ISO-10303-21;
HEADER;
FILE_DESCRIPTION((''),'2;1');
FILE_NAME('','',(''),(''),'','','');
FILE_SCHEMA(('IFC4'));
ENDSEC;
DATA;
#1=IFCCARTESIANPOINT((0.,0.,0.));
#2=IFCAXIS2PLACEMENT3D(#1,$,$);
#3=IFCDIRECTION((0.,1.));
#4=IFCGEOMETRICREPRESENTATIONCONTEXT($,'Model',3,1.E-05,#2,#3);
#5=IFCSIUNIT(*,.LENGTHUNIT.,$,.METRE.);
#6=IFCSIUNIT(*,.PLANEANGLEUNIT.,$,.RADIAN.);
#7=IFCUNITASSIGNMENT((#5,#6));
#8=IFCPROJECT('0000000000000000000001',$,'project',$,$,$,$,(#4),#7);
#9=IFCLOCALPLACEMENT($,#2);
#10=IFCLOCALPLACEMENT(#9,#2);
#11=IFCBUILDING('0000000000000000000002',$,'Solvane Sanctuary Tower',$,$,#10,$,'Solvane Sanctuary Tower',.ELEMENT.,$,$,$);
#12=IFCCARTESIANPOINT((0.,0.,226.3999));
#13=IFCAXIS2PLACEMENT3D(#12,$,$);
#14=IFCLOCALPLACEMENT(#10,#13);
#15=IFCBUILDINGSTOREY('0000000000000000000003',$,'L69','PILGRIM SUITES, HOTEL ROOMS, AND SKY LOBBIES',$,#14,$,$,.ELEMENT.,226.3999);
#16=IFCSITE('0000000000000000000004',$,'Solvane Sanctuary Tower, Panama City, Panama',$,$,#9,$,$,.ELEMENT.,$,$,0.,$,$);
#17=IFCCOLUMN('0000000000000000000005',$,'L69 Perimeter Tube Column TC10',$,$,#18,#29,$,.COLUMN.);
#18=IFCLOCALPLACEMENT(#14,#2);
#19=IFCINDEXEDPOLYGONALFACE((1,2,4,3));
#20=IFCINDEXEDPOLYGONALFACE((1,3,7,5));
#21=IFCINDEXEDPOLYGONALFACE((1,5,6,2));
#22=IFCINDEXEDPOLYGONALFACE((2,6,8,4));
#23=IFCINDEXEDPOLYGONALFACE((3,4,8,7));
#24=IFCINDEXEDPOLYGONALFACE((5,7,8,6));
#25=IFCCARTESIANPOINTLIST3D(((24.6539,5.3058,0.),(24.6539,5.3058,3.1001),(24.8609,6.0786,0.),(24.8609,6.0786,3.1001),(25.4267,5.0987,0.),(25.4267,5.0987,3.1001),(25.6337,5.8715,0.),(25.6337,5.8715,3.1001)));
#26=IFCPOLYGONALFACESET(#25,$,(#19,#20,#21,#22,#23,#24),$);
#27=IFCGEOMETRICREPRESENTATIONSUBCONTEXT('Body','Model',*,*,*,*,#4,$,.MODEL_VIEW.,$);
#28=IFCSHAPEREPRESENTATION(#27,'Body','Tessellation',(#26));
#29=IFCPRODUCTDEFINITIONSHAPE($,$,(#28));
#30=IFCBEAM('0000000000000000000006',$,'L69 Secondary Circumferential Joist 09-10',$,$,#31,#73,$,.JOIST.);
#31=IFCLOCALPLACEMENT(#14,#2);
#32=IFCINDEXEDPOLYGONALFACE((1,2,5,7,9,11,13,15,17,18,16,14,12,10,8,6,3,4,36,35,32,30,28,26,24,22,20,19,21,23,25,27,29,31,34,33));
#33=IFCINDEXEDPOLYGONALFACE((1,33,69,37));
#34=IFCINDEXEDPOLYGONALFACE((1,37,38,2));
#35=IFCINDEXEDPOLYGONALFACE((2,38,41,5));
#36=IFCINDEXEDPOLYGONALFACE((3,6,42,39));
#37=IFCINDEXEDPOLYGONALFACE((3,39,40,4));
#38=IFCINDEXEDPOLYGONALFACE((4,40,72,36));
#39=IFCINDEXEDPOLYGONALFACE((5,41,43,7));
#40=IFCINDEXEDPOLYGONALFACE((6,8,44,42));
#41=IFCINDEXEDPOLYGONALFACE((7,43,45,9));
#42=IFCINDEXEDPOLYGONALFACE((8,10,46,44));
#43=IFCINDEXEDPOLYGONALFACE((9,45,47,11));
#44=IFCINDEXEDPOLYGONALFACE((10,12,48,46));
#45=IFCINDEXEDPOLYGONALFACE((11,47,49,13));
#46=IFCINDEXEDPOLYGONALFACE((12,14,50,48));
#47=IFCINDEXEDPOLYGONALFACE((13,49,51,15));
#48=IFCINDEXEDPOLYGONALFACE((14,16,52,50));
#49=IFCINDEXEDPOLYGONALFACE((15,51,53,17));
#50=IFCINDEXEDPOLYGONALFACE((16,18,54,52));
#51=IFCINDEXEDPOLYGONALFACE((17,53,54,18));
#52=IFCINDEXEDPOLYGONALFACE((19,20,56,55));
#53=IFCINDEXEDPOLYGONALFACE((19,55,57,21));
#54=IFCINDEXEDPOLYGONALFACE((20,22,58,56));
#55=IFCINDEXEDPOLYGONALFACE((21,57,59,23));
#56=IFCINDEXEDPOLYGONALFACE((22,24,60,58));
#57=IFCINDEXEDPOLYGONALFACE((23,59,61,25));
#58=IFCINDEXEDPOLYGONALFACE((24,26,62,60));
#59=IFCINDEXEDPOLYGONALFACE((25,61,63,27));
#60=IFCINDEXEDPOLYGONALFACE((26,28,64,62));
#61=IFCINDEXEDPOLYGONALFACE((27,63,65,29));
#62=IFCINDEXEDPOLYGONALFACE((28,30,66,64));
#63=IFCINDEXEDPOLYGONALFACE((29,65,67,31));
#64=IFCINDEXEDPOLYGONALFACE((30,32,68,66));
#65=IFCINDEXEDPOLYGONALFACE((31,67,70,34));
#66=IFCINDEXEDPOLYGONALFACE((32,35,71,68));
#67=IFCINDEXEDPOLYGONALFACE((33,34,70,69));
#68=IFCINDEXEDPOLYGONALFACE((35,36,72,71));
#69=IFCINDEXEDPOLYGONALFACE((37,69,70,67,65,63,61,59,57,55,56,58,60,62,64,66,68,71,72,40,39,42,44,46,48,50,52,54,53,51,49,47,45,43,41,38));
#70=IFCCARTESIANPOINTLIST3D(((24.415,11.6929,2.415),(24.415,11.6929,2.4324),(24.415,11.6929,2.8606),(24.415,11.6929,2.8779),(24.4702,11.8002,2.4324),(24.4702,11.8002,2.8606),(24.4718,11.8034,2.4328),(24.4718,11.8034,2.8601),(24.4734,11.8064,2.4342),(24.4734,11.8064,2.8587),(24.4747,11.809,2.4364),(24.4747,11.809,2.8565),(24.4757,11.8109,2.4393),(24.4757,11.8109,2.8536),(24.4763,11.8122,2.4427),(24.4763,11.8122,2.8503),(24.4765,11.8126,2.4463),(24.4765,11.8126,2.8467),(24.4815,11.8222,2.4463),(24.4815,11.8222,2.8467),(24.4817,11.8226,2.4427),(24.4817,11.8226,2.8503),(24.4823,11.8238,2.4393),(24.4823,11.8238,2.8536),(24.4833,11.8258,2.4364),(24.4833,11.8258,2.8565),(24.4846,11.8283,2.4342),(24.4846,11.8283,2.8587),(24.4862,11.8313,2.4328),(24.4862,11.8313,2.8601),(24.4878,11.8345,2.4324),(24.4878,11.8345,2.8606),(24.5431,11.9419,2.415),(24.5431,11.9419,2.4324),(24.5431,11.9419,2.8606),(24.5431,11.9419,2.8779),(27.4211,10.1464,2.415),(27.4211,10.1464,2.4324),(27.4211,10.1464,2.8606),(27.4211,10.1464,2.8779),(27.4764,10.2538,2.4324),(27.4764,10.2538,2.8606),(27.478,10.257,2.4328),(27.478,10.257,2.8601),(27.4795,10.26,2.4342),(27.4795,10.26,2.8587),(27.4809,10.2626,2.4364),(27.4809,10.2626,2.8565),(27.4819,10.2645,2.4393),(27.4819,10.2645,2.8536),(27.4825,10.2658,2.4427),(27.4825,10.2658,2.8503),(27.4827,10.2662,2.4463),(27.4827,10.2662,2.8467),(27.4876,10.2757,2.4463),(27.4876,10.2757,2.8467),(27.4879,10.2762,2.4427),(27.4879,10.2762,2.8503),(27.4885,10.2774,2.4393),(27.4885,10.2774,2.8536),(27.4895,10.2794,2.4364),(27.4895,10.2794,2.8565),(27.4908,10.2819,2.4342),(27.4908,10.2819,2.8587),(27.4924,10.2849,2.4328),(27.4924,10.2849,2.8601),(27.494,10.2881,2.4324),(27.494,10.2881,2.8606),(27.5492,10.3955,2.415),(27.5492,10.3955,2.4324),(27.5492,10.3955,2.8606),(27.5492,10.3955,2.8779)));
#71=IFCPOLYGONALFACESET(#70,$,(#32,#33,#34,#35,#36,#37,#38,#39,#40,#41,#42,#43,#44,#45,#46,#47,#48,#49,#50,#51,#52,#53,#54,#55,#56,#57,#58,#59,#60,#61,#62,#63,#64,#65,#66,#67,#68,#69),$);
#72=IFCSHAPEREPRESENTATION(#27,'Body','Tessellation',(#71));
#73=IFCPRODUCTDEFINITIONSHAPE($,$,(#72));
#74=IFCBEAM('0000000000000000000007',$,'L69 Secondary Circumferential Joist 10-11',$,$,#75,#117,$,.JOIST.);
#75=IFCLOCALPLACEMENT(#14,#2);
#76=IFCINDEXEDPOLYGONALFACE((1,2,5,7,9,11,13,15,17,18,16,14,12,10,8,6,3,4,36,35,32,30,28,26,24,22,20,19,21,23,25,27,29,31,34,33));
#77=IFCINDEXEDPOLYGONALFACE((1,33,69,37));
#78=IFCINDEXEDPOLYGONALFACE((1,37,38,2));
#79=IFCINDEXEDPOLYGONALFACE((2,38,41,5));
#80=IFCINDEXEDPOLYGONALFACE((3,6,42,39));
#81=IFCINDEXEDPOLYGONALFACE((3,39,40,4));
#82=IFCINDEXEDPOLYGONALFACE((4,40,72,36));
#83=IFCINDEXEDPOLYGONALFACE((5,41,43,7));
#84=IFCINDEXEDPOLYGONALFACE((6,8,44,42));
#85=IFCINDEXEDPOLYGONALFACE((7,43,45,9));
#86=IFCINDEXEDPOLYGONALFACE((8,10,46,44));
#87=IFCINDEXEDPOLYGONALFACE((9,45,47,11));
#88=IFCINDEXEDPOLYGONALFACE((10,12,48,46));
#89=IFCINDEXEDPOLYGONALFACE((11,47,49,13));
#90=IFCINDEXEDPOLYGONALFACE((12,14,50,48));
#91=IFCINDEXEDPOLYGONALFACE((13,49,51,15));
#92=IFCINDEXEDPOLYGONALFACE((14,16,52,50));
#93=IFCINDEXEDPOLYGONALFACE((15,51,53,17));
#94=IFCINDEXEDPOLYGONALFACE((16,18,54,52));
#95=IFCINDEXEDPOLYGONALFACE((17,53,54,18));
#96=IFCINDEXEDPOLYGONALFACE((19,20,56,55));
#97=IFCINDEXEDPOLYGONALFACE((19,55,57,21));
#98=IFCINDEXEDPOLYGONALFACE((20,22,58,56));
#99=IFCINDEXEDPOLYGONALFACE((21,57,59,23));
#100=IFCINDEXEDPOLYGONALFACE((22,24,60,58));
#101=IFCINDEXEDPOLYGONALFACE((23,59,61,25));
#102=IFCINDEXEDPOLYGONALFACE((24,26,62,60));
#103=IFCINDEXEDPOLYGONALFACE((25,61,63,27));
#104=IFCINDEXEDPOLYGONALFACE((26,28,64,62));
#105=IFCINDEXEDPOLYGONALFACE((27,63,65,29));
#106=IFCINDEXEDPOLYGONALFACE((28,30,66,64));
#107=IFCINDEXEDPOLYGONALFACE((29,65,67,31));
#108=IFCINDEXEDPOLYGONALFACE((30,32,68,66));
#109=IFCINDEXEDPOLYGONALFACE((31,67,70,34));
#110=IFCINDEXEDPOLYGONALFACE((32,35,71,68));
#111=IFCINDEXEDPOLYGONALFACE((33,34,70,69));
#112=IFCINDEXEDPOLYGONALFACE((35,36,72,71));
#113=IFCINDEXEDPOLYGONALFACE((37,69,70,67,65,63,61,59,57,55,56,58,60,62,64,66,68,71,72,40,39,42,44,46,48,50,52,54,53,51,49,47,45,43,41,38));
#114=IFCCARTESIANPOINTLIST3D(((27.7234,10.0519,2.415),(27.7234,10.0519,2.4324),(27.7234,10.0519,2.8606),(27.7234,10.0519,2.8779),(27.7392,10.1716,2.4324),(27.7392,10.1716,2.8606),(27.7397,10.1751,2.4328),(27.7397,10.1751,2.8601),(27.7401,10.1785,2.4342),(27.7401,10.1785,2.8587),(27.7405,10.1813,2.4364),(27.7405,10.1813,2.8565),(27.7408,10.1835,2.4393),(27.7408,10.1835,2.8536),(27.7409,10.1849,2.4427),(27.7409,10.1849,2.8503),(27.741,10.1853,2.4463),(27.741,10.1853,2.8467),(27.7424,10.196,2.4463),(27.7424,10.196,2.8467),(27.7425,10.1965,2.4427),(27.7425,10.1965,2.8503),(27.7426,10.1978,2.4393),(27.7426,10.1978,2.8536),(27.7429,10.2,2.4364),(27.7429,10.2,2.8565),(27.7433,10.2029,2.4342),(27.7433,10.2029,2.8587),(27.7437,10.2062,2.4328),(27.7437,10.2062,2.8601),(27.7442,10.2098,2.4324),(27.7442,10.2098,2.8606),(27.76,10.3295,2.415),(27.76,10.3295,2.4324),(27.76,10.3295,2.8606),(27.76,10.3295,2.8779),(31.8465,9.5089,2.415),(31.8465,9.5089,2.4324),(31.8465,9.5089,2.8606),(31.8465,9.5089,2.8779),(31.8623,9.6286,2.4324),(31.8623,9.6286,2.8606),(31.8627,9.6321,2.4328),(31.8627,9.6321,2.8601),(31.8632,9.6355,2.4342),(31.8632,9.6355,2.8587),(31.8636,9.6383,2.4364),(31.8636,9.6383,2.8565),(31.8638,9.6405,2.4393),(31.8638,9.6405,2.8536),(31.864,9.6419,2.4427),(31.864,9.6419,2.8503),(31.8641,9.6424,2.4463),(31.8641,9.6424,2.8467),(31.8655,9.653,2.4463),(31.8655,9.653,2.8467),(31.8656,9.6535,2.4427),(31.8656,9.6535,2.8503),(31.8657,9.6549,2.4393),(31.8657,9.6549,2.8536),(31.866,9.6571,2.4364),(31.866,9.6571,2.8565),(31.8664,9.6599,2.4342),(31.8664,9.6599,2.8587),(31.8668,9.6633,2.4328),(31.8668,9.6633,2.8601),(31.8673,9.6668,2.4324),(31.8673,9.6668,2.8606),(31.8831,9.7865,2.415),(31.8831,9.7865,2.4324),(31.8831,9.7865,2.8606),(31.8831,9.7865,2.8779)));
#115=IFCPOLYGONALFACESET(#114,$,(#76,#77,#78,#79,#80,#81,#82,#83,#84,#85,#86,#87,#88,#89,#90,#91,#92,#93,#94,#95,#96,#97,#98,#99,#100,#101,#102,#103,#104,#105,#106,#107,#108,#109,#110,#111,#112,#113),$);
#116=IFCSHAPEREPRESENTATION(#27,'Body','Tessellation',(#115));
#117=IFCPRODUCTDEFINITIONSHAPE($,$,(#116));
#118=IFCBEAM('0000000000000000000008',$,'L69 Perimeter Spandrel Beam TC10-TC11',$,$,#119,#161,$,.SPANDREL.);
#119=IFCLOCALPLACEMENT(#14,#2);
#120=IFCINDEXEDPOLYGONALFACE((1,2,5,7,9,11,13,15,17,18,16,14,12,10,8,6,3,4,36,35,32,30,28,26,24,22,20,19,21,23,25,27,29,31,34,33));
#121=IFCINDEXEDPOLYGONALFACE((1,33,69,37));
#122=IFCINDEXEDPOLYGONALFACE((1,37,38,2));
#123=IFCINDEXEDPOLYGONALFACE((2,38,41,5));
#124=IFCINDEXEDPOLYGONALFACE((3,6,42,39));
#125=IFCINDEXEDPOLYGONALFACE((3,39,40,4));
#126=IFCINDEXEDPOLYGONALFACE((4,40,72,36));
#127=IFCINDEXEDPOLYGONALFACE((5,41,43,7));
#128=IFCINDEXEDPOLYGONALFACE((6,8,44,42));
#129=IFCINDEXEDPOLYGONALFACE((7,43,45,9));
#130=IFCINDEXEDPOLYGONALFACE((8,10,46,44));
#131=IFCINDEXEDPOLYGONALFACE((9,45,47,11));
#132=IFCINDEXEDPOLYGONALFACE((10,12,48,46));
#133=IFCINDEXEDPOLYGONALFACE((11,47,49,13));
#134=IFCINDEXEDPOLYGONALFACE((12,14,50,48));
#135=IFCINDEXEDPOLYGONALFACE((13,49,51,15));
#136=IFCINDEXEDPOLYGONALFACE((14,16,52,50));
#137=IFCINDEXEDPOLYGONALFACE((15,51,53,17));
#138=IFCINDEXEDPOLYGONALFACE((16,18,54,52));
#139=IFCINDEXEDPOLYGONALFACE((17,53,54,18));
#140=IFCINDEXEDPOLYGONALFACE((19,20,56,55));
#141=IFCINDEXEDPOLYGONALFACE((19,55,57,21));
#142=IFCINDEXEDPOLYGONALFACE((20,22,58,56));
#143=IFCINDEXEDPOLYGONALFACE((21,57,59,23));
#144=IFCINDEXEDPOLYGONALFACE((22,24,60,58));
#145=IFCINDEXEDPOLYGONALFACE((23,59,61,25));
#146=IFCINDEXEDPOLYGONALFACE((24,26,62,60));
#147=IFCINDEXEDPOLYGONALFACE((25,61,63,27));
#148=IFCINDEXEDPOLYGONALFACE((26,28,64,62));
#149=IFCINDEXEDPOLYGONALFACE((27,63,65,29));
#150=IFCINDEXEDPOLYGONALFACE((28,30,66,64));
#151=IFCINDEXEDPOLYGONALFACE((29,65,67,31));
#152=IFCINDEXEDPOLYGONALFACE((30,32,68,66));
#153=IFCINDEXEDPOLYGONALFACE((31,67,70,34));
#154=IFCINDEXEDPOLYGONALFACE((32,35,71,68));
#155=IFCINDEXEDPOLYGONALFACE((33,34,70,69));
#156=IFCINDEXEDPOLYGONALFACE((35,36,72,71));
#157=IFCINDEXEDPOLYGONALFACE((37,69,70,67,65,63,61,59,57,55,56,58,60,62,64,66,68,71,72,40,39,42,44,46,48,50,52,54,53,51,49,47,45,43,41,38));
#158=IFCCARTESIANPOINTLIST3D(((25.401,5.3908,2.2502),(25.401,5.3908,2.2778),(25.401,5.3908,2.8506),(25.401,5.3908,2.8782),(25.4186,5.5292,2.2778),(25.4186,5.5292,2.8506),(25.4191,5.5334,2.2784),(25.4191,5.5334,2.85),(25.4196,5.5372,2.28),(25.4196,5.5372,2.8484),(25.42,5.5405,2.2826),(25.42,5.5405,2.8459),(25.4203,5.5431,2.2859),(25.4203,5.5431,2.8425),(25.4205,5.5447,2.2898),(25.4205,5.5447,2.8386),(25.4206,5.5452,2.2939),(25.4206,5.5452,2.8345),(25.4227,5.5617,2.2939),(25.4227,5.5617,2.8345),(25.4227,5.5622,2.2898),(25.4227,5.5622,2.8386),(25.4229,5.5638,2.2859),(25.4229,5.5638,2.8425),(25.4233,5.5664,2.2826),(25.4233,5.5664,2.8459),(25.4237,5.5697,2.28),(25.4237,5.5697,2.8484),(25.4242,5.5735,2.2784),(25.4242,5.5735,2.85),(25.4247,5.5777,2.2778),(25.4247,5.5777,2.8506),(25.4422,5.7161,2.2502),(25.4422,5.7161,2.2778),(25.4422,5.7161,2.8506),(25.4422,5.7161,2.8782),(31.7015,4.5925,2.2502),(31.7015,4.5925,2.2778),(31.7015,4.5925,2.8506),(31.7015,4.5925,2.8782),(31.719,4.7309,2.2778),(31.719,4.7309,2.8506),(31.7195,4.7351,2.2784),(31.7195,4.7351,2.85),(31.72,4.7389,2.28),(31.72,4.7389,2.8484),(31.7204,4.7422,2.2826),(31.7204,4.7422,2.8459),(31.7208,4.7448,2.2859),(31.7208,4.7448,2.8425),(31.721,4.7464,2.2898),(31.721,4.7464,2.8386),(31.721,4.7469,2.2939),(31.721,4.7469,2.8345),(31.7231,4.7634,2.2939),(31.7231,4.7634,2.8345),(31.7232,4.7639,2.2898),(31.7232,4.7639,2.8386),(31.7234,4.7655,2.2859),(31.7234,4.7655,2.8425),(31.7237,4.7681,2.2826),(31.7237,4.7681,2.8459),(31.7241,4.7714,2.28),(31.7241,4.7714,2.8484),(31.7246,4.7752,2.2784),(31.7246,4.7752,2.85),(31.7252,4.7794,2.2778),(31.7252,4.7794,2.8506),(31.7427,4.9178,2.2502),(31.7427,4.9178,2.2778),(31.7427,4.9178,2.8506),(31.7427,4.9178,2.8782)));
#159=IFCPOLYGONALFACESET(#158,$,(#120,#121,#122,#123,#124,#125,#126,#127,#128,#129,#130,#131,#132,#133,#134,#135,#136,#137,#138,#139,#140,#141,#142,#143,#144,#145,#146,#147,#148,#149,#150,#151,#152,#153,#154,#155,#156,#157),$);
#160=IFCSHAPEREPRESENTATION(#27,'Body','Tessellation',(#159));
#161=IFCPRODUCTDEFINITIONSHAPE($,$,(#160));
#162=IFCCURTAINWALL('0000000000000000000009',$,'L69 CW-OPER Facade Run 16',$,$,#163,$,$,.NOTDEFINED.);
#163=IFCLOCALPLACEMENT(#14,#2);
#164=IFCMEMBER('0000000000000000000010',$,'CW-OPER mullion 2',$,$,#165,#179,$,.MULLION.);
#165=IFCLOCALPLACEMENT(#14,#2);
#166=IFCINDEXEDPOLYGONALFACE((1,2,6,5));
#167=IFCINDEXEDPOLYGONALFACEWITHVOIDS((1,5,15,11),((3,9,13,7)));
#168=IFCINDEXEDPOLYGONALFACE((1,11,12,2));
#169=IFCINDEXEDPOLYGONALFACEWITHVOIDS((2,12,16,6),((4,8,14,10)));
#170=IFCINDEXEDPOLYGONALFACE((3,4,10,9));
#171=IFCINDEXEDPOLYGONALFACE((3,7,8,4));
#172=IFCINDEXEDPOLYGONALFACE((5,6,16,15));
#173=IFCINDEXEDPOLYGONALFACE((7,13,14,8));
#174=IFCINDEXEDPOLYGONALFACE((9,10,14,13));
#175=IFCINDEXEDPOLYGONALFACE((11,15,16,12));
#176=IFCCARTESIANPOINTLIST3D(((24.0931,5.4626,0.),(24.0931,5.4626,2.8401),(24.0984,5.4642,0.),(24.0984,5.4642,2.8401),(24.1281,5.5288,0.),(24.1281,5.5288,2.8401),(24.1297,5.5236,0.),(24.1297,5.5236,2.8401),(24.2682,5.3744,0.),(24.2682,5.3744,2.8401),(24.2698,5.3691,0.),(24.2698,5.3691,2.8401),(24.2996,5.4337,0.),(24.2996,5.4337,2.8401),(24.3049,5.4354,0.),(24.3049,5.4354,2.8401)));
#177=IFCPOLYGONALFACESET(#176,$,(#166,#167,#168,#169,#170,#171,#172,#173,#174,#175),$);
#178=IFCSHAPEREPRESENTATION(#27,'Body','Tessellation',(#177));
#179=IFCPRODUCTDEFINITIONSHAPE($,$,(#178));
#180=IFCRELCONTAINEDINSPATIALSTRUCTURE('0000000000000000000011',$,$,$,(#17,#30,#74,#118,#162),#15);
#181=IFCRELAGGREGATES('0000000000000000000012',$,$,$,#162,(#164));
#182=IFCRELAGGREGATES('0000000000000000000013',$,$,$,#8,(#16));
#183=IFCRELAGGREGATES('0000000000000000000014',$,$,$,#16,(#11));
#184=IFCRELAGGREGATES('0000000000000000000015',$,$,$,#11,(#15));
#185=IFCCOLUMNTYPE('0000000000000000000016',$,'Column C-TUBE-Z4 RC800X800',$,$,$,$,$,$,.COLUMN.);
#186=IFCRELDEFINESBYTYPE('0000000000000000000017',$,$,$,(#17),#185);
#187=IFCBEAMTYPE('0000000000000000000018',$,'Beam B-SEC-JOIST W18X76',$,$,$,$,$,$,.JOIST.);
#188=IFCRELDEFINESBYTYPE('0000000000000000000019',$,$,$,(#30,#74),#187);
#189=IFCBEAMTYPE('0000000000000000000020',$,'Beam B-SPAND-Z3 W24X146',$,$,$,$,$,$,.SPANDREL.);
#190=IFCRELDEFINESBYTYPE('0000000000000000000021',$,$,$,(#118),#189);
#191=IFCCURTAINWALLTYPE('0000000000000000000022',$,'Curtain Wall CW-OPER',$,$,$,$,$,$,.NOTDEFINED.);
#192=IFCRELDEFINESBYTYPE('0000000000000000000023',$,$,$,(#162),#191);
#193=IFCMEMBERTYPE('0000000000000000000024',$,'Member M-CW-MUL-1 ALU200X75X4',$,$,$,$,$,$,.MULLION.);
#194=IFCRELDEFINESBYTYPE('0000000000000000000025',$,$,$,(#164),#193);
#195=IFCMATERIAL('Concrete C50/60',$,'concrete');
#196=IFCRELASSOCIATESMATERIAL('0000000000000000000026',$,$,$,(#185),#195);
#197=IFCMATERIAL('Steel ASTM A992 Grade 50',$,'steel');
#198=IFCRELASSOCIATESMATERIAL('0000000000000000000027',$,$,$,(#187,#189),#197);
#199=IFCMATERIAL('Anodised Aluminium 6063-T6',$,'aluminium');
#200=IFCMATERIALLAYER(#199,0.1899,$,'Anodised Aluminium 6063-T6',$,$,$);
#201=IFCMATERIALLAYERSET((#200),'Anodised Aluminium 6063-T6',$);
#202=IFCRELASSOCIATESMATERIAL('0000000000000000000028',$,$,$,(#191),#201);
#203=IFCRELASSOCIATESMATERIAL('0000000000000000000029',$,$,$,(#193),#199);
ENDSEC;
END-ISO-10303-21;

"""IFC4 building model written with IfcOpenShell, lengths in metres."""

from ifc_helpers import new_model, si_unit, direction, frame, origin, origin_2d, place, context, subcontext, project, spatial, rectangle, hollow_rectangle, i_section, extrude, material, layer, layer_set, material_profile, profile_set, type_object, element, aggregate, save


model = new_model("IFC4")

# Units and contexts
model_context = context("Model", 3, precision=1e-05, world=origin(), true_north=direction((0.0, 1.0)))
body_context = subcontext(model_context, "Body", "Model", "MODEL_VIEW")
ifc_project = project(units=[si_unit("LENGTHUNIT", "METRE"), si_unit("PLANEANGLEUNIT", "RADIAN")], contexts=[model_context])

# Site, building, storey
site_placement = place(None, origin())
site = spatial("IfcSite", under=ifc_project, at=site_placement, Name="Solvane Sanctuary Tower, Panama City, Panama", CompositionType="ELEMENT", RefElevation=0.0)
building_placement = place(site_placement, origin())
building = spatial("IfcBuilding", under=site, at=building_placement, Name="Solvane Sanctuary Tower", LongName="Solvane Sanctuary Tower", CompositionType="ELEMENT")
storey_placement = place(building_placement, frame((0.0, 0.0, 226.3999)))
storey = spatial("IfcBuildingStorey", under=building, at=storey_placement, Name="L69", Description="PILGRIM SUITES, HOTEL ROOMS, AND SKY LOBBIES", CompositionType="ELEMENT", Elevation=226.3999)

# Column
ifc_material_1 = material(Name="Concrete C50/60", Category="concrete")
ifc_material_profile_1 = material_profile(ifc_material_1, rectangle(XDim=0.8, YDim=0.8, at=origin_2d()), Name="RC800X800")
ifc_profile_set_1 = profile_set([ifc_material_profile_1], Name="Concrete C50/60")
column_type = type_object("IfcColumnType", Name="Column C-TUBE-Z4 RC800X800", PredefinedType="COLUMN", material=ifc_profile_set_1)
column_placement = place(storey_placement, frame((25.1438, 5.5886, 0.0), z_axis=(0.0, 0.0, 1.0), x_axis=(-0.258819, -0.965926, 0.0)))
element("IfcColumn", 1, at=column_placement, inside=storey, type_object=column_type, Name="L69 Perimeter Tube Column TC10", PredefinedType="COLUMN", context=body_context, shape_type="SweptSolid", body=[
    extrude(rectangle(XDim=0.8, YDim=0.8, at=origin_2d()), origin(), (0.0, 0.0, 1.0), 3.1001),
])

# Beams
ifc_material_2 = material(Name="Steel ASTM A992 Grade 50", Category="steel")
ifc_material_profile_2 = material_profile(ifc_material_2, i_section(OverallWidth=0.28, OverallDepth=0.4629, WebThickness=0.0107, FlangeThickness=0.0173, FilletRadius=0.0139, at=origin_2d()), Name="W18X76")
ifc_profile_set_2 = profile_set([ifc_material_profile_2], Name="Steel ASTM A992 Grade 50")
beam_type_1 = type_object("IfcBeamType", Name="Beam B-SEC-JOIST W18X76", PredefinedType="JOIST", material=ifc_profile_set_2)
beam_1_placement = place(storey_placement, frame((24.479, 11.8174, 2.6465), z_axis=(0.889241, -0.457439, 0.0), x_axis=(0.457439, 0.889241, 0.0)))
element("IfcBeam", 2, at=beam_1_placement, inside=storey, type_object=beam_type_1, Name="L69 Secondary Circumferential Joist 09-10", PredefinedType="JOIST", context=body_context, shape_type="SweptSolid", body=[
    extrude(i_section(OverallWidth=0.28, OverallDepth=0.4629, WebThickness=0.0107, FlangeThickness=0.0173, FilletRadius=0.0139, at=origin_2d()), origin(), (0.0, 0.0, 1.0), 3.3806),
])
beam_2_placement = place(storey_placement, frame((27.7417, 10.1907, 2.6465), z_axis=(0.99144, -0.130564, 0.0), x_axis=(0.130564, 0.99144, 0.0)))
element("IfcBeam", 3, at=beam_2_placement, inside=storey, type_object=beam_type_1, Name="L69 Secondary Circumferential Joist 10-11", PredefinedType="JOIST", context=body_context, shape_type="SweptSolid", body=[
    extrude(i_section(OverallWidth=0.28, OverallDepth=0.4629, WebThickness=0.0107, FlangeThickness=0.0173, FilletRadius=0.0139, at=origin_2d()), origin(), (0.0, 0.0, 1.0), 4.1587),
])
ifc_material_profile_3 = material_profile(ifc_material_2, i_section(OverallWidth=0.3279, OverallDepth=0.6279, WebThickness=0.0166, FlangeThickness=0.0276, FilletRadius=0.0161, at=origin_2d()), Name="W24X146")
ifc_profile_set_3 = profile_set([ifc_material_profile_3], Name="Steel ASTM A992 Grade 50")
beam_type_2 = type_object("IfcBeamType", Name="Beam B-SPAND-Z3 W24X146", PredefinedType="SPANDREL", material=ifc_profile_set_3)
beam_3_placement = place(storey_placement, frame((25.4216, 5.5535, 2.5642), z_axis=(0.992068, -0.125705, 0.0), x_axis=(0.125705, 0.992068, 0.0)))
element("IfcBeam", 4, at=beam_3_placement, inside=storey, type_object=beam_type_2, Name="L69 Perimeter Spandrel Beam TC10-TC11", PredefinedType="SPANDREL", context=body_context, shape_type="SweptSolid", body=[
    extrude(i_section(OverallWidth=0.3279, OverallDepth=0.6279, WebThickness=0.0166, FlangeThickness=0.0276, FilletRadius=0.0161, at=origin_2d()), origin(), (0.0, 0.0, 1.0), 6.3508),
])

# Curtain wall, member
ifc_material_3 = material(Name="Anodised Aluminium 6063-T6", Category="aluminium")
ifc_layer_1 = layer(ifc_material_3, 0.1899, Name="Anodised Aluminium 6063-T6")
ifc_layer_set_1 = layer_set([ifc_layer_1], Name="Anodised Aluminium 6063-T6")
curtain_wall_type = type_object("IfcCurtainWallType", Name="Curtain Wall CW-OPER", PredefinedType="NOTDEFINED", material=ifc_layer_set_1)
curtain_wall_placement = place(storey_placement, origin())
curtain_wall = element("IfcCurtainWall", 5, at=curtain_wall_placement, inside=storey, type_object=curtain_wall_type, Name="L69 CW-OPER Facade Run 16", PredefinedType="NOTDEFINED")
ifc_material_profile_4 = material_profile(ifc_material_3, hollow_rectangle(XDim=0.075, YDim=0.2, WallThickness=0.0039, at=origin_2d()), Name="ALU200X75X4")
ifc_profile_set_4 = profile_set([ifc_material_profile_4], Name="Anodised Aluminium 6063-T6")
member_type = type_object("IfcMemberType", Name="Member M-CW-MUL-1 ALU200X75X4", PredefinedType="MULLION", material=ifc_profile_set_4)
member_placement = place(storey_placement, frame((24.199, 5.449, 0.0), z_axis=(0.0, 0.0, 1.0), x_axis=(0.467523, 0.883981, 0.0)))
member = element("IfcMember", 6, at=member_placement, type_object=member_type, Name="CW-OPER mullion 2", PredefinedType="MULLION", context=body_context, shape_type="SweptSolid", body=[
    extrude(hollow_rectangle(XDim=0.075, YDim=0.2, WallThickness=0.0039, at=origin_2d()), origin(), (0.0, 0.0, 1.0), 2.8401),
])
aggregate(curtain_wall, [member])

save(model, "model.ifc")
